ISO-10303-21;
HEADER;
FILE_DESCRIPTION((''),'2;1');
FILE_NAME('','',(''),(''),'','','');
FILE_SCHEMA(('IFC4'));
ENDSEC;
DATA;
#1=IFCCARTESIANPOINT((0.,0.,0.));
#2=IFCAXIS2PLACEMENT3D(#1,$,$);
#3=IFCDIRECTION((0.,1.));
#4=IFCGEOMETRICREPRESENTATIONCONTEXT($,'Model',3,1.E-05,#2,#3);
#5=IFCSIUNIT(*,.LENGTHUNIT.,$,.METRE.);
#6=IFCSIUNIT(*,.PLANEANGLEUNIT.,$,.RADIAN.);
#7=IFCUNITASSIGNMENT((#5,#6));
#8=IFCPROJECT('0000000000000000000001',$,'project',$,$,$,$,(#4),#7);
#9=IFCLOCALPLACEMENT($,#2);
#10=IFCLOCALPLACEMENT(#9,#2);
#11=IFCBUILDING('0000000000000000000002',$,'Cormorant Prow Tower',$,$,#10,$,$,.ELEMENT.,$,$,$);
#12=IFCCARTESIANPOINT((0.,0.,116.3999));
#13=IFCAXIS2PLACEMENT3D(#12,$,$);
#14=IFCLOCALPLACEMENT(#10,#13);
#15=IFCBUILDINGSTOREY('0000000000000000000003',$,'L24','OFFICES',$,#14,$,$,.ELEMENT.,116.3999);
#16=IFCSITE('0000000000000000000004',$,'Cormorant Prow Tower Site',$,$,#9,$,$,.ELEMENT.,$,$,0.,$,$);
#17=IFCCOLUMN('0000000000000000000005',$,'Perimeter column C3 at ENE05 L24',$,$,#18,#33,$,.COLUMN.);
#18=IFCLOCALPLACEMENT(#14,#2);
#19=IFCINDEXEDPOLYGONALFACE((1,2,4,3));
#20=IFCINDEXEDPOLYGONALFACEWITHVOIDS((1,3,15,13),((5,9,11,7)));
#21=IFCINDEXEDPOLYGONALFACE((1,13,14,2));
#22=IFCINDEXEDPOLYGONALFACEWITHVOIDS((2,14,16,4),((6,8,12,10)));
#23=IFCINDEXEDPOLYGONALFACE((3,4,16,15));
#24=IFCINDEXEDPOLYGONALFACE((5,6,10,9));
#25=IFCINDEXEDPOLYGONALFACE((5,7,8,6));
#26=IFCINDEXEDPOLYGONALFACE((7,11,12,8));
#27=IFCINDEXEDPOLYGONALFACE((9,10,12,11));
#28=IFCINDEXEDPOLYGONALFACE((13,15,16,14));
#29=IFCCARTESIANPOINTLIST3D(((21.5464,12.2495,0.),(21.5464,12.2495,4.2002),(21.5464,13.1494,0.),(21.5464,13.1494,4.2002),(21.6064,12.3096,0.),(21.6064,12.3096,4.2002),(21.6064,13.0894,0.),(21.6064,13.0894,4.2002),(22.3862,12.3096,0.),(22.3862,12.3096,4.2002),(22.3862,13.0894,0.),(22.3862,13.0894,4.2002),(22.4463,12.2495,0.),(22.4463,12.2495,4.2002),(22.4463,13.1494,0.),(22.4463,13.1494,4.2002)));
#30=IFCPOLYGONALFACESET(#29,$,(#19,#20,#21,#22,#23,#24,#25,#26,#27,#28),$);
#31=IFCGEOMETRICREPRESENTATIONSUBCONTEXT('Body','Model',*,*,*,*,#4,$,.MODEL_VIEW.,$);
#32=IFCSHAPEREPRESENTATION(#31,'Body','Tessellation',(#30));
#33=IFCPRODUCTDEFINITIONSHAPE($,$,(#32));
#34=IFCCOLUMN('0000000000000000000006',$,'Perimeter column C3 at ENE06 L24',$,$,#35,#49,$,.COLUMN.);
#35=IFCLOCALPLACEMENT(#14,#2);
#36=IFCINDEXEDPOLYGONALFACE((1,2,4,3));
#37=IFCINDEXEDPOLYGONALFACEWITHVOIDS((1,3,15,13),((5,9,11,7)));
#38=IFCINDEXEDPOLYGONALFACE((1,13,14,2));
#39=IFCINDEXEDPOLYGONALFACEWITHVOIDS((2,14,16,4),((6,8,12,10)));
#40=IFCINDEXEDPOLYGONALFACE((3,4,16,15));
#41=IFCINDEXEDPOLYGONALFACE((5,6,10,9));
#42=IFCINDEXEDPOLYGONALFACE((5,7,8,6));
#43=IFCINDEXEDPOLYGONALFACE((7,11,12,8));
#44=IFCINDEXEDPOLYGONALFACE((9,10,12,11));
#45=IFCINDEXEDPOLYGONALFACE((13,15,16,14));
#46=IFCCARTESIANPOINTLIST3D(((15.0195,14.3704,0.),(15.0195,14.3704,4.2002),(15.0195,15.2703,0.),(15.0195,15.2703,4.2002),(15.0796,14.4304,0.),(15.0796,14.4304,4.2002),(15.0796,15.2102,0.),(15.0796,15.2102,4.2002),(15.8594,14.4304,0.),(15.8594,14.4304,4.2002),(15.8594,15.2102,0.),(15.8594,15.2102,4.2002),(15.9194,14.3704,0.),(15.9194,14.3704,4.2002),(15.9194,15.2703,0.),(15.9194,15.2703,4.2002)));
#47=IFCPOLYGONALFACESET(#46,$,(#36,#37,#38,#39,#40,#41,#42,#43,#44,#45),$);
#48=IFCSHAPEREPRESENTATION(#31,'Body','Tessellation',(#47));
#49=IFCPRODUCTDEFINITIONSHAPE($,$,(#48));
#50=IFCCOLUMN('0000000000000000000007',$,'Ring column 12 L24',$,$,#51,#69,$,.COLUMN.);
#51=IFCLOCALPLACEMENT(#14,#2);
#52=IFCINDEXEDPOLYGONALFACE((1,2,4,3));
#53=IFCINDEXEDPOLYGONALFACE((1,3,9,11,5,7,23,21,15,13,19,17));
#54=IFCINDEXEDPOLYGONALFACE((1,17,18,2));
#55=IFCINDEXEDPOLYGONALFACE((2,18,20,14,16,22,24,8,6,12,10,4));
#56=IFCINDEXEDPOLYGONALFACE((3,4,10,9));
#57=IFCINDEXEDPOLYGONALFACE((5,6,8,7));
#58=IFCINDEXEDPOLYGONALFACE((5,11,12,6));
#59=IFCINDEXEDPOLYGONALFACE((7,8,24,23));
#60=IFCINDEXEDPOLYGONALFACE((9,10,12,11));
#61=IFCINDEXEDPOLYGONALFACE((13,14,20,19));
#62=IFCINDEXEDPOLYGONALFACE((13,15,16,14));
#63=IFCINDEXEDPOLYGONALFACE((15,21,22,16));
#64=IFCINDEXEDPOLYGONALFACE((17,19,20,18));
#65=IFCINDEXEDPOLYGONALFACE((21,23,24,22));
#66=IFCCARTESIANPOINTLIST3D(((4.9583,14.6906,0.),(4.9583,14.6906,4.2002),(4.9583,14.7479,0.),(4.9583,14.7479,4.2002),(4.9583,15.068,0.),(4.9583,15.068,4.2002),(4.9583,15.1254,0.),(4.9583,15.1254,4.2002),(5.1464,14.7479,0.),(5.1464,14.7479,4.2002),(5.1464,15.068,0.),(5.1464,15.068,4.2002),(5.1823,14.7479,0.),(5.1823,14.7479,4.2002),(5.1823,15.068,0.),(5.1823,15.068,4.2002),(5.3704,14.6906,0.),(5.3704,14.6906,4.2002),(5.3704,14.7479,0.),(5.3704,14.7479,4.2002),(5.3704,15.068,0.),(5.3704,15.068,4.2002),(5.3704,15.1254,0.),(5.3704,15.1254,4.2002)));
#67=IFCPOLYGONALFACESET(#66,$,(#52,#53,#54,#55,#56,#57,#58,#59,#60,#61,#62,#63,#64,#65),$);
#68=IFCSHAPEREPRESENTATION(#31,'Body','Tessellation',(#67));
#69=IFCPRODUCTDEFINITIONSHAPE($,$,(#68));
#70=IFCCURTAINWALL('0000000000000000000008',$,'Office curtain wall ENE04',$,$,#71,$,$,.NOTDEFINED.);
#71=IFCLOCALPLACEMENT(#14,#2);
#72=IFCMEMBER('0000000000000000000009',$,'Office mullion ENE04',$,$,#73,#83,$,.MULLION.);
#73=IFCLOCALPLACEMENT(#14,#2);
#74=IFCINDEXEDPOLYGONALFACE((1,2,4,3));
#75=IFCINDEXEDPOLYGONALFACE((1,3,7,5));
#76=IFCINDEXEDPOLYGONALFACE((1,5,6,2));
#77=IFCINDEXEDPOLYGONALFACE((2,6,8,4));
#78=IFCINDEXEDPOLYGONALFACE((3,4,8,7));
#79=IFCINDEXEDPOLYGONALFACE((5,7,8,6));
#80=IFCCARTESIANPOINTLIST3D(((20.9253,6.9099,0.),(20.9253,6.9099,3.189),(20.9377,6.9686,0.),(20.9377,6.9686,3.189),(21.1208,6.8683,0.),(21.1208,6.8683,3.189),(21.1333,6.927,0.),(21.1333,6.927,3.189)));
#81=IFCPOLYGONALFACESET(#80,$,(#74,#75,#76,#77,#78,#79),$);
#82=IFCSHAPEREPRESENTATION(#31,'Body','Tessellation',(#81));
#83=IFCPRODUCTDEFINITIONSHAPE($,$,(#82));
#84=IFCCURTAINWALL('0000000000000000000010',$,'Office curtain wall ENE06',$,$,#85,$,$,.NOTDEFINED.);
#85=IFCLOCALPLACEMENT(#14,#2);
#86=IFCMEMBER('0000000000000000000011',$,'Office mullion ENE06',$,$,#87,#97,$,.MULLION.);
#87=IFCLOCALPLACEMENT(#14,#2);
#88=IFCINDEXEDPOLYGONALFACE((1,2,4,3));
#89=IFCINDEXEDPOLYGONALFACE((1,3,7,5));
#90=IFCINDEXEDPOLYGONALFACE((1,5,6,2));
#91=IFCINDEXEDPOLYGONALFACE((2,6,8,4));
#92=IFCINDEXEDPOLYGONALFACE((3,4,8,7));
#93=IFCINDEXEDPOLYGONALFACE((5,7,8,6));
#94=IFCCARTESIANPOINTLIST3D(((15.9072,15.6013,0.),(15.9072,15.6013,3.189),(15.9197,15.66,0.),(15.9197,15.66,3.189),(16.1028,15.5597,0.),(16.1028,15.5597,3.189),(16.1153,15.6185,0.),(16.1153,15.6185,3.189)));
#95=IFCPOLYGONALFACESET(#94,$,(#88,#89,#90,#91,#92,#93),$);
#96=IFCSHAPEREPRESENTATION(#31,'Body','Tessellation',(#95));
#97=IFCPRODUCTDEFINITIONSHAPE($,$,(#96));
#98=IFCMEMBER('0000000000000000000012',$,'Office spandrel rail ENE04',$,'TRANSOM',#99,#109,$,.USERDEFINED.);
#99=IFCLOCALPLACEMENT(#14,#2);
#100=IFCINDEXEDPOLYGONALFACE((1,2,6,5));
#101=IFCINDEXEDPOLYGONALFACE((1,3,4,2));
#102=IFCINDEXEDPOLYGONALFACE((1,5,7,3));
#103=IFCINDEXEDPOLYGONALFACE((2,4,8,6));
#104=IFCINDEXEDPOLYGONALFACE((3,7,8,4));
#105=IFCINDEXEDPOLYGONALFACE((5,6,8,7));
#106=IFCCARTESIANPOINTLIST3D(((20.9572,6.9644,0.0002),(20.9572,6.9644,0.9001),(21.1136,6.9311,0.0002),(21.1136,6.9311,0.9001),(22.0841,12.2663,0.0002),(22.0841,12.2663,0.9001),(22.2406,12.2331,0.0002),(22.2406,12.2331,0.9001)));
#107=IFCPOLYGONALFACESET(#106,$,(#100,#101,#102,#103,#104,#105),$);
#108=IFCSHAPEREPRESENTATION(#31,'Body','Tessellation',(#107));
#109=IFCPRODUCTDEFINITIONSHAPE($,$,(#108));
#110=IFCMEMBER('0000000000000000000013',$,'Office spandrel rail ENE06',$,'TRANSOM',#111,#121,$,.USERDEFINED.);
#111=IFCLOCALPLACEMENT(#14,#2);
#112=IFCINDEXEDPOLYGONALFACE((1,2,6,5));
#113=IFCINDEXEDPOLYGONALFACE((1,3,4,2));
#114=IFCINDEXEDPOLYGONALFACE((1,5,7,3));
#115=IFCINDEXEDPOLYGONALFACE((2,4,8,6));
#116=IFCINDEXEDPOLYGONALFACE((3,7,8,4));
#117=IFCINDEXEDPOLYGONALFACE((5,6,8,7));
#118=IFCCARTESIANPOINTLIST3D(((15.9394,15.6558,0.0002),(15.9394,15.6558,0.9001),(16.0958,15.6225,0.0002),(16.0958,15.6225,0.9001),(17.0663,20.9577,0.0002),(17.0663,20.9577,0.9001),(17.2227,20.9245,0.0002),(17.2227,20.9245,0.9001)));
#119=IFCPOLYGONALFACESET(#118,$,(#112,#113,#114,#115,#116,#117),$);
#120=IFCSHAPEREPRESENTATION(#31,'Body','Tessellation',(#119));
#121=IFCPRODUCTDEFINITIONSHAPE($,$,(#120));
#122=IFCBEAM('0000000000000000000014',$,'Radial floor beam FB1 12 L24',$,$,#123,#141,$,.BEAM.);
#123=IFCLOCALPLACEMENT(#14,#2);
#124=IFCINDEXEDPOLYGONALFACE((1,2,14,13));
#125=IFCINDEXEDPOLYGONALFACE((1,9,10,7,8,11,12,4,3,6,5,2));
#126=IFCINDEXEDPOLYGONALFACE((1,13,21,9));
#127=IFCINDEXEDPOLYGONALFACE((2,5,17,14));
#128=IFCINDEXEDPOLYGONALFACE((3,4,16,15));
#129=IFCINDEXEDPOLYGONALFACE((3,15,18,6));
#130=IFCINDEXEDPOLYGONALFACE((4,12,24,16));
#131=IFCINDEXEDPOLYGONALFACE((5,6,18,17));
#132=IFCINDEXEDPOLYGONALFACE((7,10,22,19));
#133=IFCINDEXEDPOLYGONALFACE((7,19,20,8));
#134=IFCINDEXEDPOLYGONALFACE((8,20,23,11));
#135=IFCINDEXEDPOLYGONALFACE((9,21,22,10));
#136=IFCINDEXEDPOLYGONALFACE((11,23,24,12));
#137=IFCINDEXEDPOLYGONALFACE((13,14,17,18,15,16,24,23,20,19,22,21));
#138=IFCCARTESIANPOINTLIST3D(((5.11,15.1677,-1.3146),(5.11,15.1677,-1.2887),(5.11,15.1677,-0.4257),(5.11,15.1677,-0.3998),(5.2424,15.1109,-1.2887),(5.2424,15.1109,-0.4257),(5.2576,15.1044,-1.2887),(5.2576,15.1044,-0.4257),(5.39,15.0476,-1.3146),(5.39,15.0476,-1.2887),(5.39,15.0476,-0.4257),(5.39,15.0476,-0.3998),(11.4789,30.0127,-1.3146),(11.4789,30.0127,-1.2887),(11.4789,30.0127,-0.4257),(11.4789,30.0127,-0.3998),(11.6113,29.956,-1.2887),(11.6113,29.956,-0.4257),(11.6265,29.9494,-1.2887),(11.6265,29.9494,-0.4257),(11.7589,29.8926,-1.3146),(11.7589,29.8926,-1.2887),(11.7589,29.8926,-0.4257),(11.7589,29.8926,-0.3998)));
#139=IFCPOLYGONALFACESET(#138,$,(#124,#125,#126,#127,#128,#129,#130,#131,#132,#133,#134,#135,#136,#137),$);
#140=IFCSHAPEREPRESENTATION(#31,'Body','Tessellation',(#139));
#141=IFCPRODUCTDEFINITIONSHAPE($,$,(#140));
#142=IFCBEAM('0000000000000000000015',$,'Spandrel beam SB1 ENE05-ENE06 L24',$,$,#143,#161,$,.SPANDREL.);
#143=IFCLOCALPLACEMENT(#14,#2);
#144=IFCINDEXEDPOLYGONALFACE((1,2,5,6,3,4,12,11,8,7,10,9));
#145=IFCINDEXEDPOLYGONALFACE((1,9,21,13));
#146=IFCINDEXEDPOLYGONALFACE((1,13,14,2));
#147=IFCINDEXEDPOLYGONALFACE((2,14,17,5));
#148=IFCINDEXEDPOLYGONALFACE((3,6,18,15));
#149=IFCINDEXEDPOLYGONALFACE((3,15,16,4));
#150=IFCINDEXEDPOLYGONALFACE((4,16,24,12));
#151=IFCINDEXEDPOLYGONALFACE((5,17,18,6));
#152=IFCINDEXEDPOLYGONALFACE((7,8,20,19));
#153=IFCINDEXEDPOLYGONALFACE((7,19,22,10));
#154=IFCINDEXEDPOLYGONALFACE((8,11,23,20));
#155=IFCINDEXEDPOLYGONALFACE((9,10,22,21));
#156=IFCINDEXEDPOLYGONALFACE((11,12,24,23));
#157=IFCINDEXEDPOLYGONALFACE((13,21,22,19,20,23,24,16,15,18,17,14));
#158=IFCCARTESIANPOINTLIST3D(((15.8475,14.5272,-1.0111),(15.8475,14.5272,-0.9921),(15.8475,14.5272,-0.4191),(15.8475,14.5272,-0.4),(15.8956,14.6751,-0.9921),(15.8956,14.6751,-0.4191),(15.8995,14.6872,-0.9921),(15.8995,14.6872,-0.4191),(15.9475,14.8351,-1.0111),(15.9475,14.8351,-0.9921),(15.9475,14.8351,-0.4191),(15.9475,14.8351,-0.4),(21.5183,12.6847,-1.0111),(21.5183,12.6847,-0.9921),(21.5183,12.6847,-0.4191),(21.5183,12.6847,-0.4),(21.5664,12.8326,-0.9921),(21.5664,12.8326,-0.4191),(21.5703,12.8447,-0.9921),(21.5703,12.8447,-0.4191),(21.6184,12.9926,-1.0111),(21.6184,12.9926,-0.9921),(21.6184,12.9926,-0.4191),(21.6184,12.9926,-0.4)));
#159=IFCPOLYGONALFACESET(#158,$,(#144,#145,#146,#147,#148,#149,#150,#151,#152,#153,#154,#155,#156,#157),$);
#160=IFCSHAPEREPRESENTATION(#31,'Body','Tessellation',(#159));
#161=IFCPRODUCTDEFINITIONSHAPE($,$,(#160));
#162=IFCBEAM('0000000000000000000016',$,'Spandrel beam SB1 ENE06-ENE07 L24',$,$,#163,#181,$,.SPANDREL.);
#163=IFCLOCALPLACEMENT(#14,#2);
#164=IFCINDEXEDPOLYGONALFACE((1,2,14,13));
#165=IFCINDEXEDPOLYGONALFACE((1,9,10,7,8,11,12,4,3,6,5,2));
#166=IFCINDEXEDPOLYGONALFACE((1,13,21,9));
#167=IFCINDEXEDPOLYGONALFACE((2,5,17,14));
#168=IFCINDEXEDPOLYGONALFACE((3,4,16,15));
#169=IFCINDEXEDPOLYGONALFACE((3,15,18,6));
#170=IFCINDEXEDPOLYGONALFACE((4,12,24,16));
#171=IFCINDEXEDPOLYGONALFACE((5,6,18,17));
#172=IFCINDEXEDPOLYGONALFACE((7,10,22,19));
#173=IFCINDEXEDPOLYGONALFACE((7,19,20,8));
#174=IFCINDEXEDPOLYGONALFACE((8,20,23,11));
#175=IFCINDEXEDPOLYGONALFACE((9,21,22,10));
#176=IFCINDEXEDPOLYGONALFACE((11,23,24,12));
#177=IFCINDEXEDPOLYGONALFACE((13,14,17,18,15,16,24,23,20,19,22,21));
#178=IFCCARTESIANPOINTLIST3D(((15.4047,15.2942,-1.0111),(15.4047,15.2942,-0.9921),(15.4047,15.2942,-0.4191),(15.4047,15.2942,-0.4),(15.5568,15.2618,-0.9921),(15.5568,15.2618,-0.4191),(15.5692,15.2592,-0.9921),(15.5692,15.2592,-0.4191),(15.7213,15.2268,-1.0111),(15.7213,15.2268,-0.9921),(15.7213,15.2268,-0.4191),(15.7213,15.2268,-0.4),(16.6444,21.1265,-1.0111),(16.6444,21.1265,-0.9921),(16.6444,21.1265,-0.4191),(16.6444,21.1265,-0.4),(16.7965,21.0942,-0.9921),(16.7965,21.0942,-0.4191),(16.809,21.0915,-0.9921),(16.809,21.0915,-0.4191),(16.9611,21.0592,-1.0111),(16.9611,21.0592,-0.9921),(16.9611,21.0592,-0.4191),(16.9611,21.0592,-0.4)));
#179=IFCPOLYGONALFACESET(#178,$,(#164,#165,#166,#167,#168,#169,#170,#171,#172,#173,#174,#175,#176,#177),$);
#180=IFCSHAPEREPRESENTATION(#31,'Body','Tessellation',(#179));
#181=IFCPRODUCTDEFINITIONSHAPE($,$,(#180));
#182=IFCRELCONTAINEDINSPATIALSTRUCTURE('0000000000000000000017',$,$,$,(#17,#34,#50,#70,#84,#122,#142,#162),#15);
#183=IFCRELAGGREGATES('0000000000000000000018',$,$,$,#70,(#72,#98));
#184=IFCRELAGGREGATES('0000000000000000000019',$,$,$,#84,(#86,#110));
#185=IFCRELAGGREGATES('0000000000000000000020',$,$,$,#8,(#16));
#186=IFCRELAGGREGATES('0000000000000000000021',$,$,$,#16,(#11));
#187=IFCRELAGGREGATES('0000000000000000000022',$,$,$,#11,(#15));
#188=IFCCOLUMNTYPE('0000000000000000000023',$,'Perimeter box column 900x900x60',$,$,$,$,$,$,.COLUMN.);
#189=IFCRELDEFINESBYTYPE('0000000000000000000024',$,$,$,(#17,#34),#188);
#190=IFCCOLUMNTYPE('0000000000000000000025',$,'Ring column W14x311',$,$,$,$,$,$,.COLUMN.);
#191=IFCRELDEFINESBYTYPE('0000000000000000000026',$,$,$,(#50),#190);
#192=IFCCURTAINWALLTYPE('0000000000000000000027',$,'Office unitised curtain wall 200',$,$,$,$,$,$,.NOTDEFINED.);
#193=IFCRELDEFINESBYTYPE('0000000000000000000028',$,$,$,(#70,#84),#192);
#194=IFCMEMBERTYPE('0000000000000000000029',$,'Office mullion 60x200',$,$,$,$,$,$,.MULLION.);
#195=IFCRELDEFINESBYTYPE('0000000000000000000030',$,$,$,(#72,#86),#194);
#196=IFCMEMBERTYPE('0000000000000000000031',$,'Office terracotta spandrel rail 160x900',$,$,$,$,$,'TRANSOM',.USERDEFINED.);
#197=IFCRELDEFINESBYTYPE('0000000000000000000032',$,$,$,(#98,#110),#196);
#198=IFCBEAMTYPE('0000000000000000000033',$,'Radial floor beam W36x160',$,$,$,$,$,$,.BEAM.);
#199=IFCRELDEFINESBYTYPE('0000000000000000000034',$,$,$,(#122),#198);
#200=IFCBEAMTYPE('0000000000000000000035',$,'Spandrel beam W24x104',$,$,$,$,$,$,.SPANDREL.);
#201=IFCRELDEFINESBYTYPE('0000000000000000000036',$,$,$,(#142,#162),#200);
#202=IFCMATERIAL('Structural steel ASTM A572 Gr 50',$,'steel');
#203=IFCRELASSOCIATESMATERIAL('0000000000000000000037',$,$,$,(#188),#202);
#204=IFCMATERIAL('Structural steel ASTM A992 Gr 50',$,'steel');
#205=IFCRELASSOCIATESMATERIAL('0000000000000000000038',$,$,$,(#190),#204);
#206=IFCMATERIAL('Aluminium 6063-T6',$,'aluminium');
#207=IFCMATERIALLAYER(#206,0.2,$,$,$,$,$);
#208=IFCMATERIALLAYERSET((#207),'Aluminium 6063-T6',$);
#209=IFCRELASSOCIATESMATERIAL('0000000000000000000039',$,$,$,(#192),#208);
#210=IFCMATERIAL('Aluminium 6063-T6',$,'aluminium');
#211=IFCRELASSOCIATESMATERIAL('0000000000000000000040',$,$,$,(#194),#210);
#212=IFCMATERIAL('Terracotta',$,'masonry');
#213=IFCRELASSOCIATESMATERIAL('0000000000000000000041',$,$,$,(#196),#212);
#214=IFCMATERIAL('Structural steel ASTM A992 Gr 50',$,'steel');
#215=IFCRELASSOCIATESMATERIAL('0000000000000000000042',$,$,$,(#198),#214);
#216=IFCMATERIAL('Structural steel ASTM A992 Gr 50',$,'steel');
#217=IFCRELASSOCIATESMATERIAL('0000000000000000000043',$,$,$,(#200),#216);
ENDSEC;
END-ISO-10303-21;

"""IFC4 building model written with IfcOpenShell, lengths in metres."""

from ifc_helpers import new_model, si_unit, direction, frame, origin, origin_2d, place, context, subcontext, project, spatial, rectangle, hollow_rectangle, i_section, extrude, material, layer, layer_set, material_profile, profile_set, type_object, element, aggregate, save


model = new_model("IFC4")

# Units and contexts
model_context = context("Model", 3, precision=1e-05, world=origin(), true_north=direction((0.0, 1.0)))
body_context = subcontext(model_context, "Body", "Model", "MODEL_VIEW")
ifc_project = project(units=[si_unit("LENGTHUNIT", "METRE"), si_unit("PLANEANGLEUNIT", "RADIAN")], contexts=[model_context])

# Site, building, storey
site_placement = place(None, origin())
site = spatial("IfcSite", under=ifc_project, at=site_placement, Name="Cormorant Prow Tower Site", CompositionType="ELEMENT", RefElevation=0.0)
building_placement = place(site_placement, origin())
building = spatial("IfcBuilding", under=site, at=building_placement, Name="Cormorant Prow Tower", CompositionType="ELEMENT")
storey_placement = place(building_placement, frame((0.0, 0.0, 116.3999)))
storey = spatial("IfcBuildingStorey", under=building, at=storey_placement, Name="L24", Description="OFFICES", CompositionType="ELEMENT", Elevation=116.3999)

# Columns
ifc_material_1 = material(Name="Structural steel ASTM A572 Gr 50", Category="steel")
ifc_material_profile_1 = material_profile(ifc_material_1, hollow_rectangle(XDim=0.8999, YDim=0.8999, WallThickness=0.0601, at=origin_2d()), Name="Box 900x900x60")
ifc_profile_set_1 = profile_set([ifc_material_profile_1], Name="Structural steel ASTM A572 Gr 50")
column_type_1 = type_object("IfcColumnType", Name="Perimeter box column 900x900x60", PredefinedType="COLUMN", material=ifc_profile_set_1)
for number, where, z_axis, x_axis, name in (
    (1, (21.9963, 12.6995, 0.0), (0.0, 0.0, 1.0), (1.0, 0.0, 0.0), "Perimeter column C3 at ENE05 L24"),
    (2, (15.4695, 14.8203, 0.0), (0.0, 0.0, 1.0), (1.0, 0.0, 0.0), "Perimeter column C3 at ENE06 L24"),
):
    element("IfcColumn", number, at=place(storey_placement, frame(where, z_axis=z_axis, x_axis=x_axis)), inside=storey, type_object=column_type_1, Name=name, PredefinedType="COLUMN", context=body_context, shape_type="SweptSolid", body=[
        extrude(hollow_rectangle(XDim=0.8999, YDim=0.8999, WallThickness=0.0601, at=origin_2d()), origin(), (0.0, 0.0, 1.0), 4.2002),
    ])
ifc_material_2 = material(Name="Structural steel ASTM A992 Gr 50", Category="steel")
ifc_material_profile_2 = material_profile(ifc_material_2, i_section(OverallWidth=0.4121, OverallDepth=0.4348, WebThickness=0.0359, FlangeThickness=0.0574, at=origin_2d()), Name="W14x311")
ifc_profile_set_2 = profile_set([ifc_material_profile_2], Name="Structural steel ASTM A992 Gr 50")
column_type_2 = type_object("IfcColumnType", Name="Ring column W14x311", PredefinedType="COLUMN", material=ifc_profile_set_2)
column_placement = place(storey_placement, frame((5.1643, 14.908, 0.0), z_axis=(0.0, 0.0, 1.0), x_axis=(1.0, 0.0, 0.0)))
element("IfcColumn", 3, at=column_placement, inside=storey, type_object=column_type_2, Name="Ring column 12 L24", PredefinedType="COLUMN", context=body_context, shape_type="SweptSolid", body=[
    extrude(i_section(OverallWidth=0.4121, OverallDepth=0.4348, WebThickness=0.0359, FlangeThickness=0.0574, at=origin_2d()), origin(), (0.0, 0.0, 1.0), 4.2002),
])

# Curtain walls, members
ifc_material_3 = material(Name="Aluminium 6063-T6", Category="aluminium")
ifc_layer_1 = layer(ifc_material_3, 0.2)
ifc_layer_set_1 = layer_set([ifc_layer_1], Name="Aluminium 6063-T6")
curtain_wall_type = type_object("IfcCurtainWallType", Name="Office unitised curtain wall 200", PredefinedType="NOTDEFINED", material=ifc_layer_set_1)
curtain_wall_1_placement = place(storey_placement, origin())
curtain_wall_1 = element("IfcCurtainWall", 4, at=curtain_wall_1_placement, inside=storey, type_object=curtain_wall_type, Name="Office curtain wall ENE04", PredefinedType="NOTDEFINED")
ifc_material_4 = material(Name="Aluminium 6063-T6", Category="aluminium")
ifc_material_profile_3 = material_profile(ifc_material_4, rectangle(XDim=0.2, YDim=0.0601, at=origin_2d()), Name="Office mullion 60x200")
ifc_profile_set_3 = profile_set([ifc_material_profile_3], Name="Aluminium 6063-T6")
member_type_1 = type_object("IfcMemberType", Name="Office mullion 60x200", PredefinedType="MULLION", material=ifc_profile_set_3)
member_1_placement = place(storey_placement, frame((21.0293, 6.9185, 0.0), z_axis=(0.0, 0.0, 1.0), x_axis=(-0.978148, 0.207912, 0.0)))
member_1 = element("IfcMember", 5, at=member_1_placement, type_object=member_type_1, Name="Office mullion ENE04", PredefinedType="MULLION", context=body_context, shape_type="SweptSolid", body=[
    extrude(rectangle(XDim=0.2, YDim=0.0601, at=origin_2d()), origin(), (0.0, 0.0, 1.0), 3.189),
])
curtain_wall_2_placement = place(storey_placement, origin())
curtain_wall_2 = element("IfcCurtainWall", 6, at=curtain_wall_2_placement, inside=storey, type_object=curtain_wall_type, Name="Office curtain wall ENE06", PredefinedType="NOTDEFINED")
member_2_placement = place(storey_placement, frame((16.0112, 15.6099, 0.0), z_axis=(0.0, 0.0, 1.0), x_axis=(-0.978148, 0.207912, 0.0)))
member_2 = element("IfcMember", 7, at=member_2_placement, type_object=member_type_1, Name="Office mullion ENE06", PredefinedType="MULLION", context=body_context, shape_type="SweptSolid", body=[
    extrude(rectangle(XDim=0.2, YDim=0.0601, at=origin_2d()), origin(), (0.0, 0.0, 1.0), 3.189),
])

# Members
ifc_material_5 = material(Name="Terracotta", Category="masonry")
ifc_material_profile_4 = material_profile(ifc_material_5, rectangle(XDim=0.1599, YDim=0.8999, at=origin_2d()), Name="Office terracotta spandrel rail 160x900")
ifc_profile_set_4 = profile_set([ifc_material_profile_4], Name="Terracotta")
member_type_2 = type_object("IfcMemberType", Name="Office terracotta spandrel rail 160x900", ElementType="TRANSOM", PredefinedType="USERDEFINED", material=ifc_profile_set_4)
member_3_placement = place(storey_placement, frame((21.0354, 6.9478, 0.4502), z_axis=(0.207908, 0.978148, 0.0), x_axis=(-0.978148, 0.207908, 0.0)))
member_3 = element("IfcMember", 8, at=member_3_placement, type_object=member_type_2, Name="Office spandrel rail ENE04", ObjectType="TRANSOM", PredefinedType="USERDEFINED", context=body_context, shape_type="SweptSolid", body=[
    extrude(rectangle(XDim=0.1599, YDim=0.8999, at=origin_2d()), origin(), (0.0, 0.0, 1.0), 5.4204),
])
member_4_placement = place(storey_placement, frame((16.0176, 15.6392, 0.4502), z_axis=(0.207908, 0.978148, 0.0), x_axis=(-0.978148, 0.207908, 0.0)))
member_4 = element("IfcMember", 9, at=member_4_placement, type_object=member_type_2, Name="Office spandrel rail ENE06", ObjectType="TRANSOM", PredefinedType="USERDEFINED", context=body_context, shape_type="SweptSolid", body=[
    extrude(rectangle(XDim=0.1599, YDim=0.8999, at=origin_2d()), origin(), (0.0, 0.0, 1.0), 5.4204),
])

# Beams
ifc_material_6 = material(Name="Structural steel ASTM A992 Gr 50", Category="steel")
ifc_material_profile_5 = material_profile(ifc_material_6, i_section(OverallWidth=0.3047, OverallDepth=0.9148, WebThickness=0.0166, FlangeThickness=0.0259, at=origin_2d()), Name="W36x160")
ifc_profile_set_5 = profile_set([ifc_material_profile_5], Name="Structural steel ASTM A992 Gr 50")
beam_type_1 = type_object("IfcBeamType", Name="Radial floor beam W36x160", PredefinedType="BEAM", material=ifc_profile_set_5)
beam_placement = place(storey_placement, frame((5.25, 15.1077, -0.8572), z_axis=(0.394273, 0.918993, 0.0), x_axis=(-0.918993, 0.394273, 0.0)))
element("IfcBeam", 10, at=beam_placement, inside=storey, type_object=beam_type_1, Name="Radial floor beam FB1 12 L24", PredefinedType="BEAM", context=body_context, shape_type="SweptSolid", body=[
    extrude(i_section(OverallWidth=0.3047, OverallDepth=0.9148, WebThickness=0.0166, FlangeThickness=0.0259, at=origin_2d()), origin(), (0.0, 0.0, 1.0), 16.1536),
])
ifc_material_7 = material(Name="Structural steel ASTM A992 Gr 50", Category="steel")
ifc_material_profile_6 = material_profile(ifc_material_7, i_section(OverallWidth=0.3237, OverallDepth=0.6111, WebThickness=0.0127, FlangeThickness=0.019, at=origin_2d()), Name="W24x104")
ifc_profile_set_6 = profile_set([ifc_material_profile_6], Name="Structural steel ASTM A992 Gr 50")
beam_type_2 = type_object("IfcBeamType", Name="Spandrel beam W24x104", PredefinedType="SPANDREL", material=ifc_profile_set_6)
for number, where, z_axis, x_axis, name in (
    (11, (21.5684, 12.8386, -0.7056), (-0.951059, 0.309008, 0.0), (-0.309008, -0.951059, 0.0), "Spandrel beam SB1 ENE05-ENE06 L24"),
    (12, (15.563, 15.2605, -0.7056), (0.207921, 0.978146, 0.0), (-0.978146, 0.207921, 0.0), "Spandrel beam SB1 ENE06-ENE07 L24"),
):
    element("IfcBeam", number, at=place(storey_placement, frame(where, z_axis=z_axis, x_axis=x_axis)), inside=storey, type_object=beam_type_2, Name=name, PredefinedType="SPANDREL", context=body_context, shape_type="SweptSolid", body=[
        extrude(i_section(OverallWidth=0.3237, OverallDepth=0.6111, WebThickness=0.0127, FlangeThickness=0.019, at=origin_2d()), origin(), (0.0, 0.0, 1.0), 5.9626),
    ])

aggregate(curtain_wall_1, [member_1, member_3])
aggregate(curtain_wall_2, [member_2, member_4])

save(model, "model.ifc")
